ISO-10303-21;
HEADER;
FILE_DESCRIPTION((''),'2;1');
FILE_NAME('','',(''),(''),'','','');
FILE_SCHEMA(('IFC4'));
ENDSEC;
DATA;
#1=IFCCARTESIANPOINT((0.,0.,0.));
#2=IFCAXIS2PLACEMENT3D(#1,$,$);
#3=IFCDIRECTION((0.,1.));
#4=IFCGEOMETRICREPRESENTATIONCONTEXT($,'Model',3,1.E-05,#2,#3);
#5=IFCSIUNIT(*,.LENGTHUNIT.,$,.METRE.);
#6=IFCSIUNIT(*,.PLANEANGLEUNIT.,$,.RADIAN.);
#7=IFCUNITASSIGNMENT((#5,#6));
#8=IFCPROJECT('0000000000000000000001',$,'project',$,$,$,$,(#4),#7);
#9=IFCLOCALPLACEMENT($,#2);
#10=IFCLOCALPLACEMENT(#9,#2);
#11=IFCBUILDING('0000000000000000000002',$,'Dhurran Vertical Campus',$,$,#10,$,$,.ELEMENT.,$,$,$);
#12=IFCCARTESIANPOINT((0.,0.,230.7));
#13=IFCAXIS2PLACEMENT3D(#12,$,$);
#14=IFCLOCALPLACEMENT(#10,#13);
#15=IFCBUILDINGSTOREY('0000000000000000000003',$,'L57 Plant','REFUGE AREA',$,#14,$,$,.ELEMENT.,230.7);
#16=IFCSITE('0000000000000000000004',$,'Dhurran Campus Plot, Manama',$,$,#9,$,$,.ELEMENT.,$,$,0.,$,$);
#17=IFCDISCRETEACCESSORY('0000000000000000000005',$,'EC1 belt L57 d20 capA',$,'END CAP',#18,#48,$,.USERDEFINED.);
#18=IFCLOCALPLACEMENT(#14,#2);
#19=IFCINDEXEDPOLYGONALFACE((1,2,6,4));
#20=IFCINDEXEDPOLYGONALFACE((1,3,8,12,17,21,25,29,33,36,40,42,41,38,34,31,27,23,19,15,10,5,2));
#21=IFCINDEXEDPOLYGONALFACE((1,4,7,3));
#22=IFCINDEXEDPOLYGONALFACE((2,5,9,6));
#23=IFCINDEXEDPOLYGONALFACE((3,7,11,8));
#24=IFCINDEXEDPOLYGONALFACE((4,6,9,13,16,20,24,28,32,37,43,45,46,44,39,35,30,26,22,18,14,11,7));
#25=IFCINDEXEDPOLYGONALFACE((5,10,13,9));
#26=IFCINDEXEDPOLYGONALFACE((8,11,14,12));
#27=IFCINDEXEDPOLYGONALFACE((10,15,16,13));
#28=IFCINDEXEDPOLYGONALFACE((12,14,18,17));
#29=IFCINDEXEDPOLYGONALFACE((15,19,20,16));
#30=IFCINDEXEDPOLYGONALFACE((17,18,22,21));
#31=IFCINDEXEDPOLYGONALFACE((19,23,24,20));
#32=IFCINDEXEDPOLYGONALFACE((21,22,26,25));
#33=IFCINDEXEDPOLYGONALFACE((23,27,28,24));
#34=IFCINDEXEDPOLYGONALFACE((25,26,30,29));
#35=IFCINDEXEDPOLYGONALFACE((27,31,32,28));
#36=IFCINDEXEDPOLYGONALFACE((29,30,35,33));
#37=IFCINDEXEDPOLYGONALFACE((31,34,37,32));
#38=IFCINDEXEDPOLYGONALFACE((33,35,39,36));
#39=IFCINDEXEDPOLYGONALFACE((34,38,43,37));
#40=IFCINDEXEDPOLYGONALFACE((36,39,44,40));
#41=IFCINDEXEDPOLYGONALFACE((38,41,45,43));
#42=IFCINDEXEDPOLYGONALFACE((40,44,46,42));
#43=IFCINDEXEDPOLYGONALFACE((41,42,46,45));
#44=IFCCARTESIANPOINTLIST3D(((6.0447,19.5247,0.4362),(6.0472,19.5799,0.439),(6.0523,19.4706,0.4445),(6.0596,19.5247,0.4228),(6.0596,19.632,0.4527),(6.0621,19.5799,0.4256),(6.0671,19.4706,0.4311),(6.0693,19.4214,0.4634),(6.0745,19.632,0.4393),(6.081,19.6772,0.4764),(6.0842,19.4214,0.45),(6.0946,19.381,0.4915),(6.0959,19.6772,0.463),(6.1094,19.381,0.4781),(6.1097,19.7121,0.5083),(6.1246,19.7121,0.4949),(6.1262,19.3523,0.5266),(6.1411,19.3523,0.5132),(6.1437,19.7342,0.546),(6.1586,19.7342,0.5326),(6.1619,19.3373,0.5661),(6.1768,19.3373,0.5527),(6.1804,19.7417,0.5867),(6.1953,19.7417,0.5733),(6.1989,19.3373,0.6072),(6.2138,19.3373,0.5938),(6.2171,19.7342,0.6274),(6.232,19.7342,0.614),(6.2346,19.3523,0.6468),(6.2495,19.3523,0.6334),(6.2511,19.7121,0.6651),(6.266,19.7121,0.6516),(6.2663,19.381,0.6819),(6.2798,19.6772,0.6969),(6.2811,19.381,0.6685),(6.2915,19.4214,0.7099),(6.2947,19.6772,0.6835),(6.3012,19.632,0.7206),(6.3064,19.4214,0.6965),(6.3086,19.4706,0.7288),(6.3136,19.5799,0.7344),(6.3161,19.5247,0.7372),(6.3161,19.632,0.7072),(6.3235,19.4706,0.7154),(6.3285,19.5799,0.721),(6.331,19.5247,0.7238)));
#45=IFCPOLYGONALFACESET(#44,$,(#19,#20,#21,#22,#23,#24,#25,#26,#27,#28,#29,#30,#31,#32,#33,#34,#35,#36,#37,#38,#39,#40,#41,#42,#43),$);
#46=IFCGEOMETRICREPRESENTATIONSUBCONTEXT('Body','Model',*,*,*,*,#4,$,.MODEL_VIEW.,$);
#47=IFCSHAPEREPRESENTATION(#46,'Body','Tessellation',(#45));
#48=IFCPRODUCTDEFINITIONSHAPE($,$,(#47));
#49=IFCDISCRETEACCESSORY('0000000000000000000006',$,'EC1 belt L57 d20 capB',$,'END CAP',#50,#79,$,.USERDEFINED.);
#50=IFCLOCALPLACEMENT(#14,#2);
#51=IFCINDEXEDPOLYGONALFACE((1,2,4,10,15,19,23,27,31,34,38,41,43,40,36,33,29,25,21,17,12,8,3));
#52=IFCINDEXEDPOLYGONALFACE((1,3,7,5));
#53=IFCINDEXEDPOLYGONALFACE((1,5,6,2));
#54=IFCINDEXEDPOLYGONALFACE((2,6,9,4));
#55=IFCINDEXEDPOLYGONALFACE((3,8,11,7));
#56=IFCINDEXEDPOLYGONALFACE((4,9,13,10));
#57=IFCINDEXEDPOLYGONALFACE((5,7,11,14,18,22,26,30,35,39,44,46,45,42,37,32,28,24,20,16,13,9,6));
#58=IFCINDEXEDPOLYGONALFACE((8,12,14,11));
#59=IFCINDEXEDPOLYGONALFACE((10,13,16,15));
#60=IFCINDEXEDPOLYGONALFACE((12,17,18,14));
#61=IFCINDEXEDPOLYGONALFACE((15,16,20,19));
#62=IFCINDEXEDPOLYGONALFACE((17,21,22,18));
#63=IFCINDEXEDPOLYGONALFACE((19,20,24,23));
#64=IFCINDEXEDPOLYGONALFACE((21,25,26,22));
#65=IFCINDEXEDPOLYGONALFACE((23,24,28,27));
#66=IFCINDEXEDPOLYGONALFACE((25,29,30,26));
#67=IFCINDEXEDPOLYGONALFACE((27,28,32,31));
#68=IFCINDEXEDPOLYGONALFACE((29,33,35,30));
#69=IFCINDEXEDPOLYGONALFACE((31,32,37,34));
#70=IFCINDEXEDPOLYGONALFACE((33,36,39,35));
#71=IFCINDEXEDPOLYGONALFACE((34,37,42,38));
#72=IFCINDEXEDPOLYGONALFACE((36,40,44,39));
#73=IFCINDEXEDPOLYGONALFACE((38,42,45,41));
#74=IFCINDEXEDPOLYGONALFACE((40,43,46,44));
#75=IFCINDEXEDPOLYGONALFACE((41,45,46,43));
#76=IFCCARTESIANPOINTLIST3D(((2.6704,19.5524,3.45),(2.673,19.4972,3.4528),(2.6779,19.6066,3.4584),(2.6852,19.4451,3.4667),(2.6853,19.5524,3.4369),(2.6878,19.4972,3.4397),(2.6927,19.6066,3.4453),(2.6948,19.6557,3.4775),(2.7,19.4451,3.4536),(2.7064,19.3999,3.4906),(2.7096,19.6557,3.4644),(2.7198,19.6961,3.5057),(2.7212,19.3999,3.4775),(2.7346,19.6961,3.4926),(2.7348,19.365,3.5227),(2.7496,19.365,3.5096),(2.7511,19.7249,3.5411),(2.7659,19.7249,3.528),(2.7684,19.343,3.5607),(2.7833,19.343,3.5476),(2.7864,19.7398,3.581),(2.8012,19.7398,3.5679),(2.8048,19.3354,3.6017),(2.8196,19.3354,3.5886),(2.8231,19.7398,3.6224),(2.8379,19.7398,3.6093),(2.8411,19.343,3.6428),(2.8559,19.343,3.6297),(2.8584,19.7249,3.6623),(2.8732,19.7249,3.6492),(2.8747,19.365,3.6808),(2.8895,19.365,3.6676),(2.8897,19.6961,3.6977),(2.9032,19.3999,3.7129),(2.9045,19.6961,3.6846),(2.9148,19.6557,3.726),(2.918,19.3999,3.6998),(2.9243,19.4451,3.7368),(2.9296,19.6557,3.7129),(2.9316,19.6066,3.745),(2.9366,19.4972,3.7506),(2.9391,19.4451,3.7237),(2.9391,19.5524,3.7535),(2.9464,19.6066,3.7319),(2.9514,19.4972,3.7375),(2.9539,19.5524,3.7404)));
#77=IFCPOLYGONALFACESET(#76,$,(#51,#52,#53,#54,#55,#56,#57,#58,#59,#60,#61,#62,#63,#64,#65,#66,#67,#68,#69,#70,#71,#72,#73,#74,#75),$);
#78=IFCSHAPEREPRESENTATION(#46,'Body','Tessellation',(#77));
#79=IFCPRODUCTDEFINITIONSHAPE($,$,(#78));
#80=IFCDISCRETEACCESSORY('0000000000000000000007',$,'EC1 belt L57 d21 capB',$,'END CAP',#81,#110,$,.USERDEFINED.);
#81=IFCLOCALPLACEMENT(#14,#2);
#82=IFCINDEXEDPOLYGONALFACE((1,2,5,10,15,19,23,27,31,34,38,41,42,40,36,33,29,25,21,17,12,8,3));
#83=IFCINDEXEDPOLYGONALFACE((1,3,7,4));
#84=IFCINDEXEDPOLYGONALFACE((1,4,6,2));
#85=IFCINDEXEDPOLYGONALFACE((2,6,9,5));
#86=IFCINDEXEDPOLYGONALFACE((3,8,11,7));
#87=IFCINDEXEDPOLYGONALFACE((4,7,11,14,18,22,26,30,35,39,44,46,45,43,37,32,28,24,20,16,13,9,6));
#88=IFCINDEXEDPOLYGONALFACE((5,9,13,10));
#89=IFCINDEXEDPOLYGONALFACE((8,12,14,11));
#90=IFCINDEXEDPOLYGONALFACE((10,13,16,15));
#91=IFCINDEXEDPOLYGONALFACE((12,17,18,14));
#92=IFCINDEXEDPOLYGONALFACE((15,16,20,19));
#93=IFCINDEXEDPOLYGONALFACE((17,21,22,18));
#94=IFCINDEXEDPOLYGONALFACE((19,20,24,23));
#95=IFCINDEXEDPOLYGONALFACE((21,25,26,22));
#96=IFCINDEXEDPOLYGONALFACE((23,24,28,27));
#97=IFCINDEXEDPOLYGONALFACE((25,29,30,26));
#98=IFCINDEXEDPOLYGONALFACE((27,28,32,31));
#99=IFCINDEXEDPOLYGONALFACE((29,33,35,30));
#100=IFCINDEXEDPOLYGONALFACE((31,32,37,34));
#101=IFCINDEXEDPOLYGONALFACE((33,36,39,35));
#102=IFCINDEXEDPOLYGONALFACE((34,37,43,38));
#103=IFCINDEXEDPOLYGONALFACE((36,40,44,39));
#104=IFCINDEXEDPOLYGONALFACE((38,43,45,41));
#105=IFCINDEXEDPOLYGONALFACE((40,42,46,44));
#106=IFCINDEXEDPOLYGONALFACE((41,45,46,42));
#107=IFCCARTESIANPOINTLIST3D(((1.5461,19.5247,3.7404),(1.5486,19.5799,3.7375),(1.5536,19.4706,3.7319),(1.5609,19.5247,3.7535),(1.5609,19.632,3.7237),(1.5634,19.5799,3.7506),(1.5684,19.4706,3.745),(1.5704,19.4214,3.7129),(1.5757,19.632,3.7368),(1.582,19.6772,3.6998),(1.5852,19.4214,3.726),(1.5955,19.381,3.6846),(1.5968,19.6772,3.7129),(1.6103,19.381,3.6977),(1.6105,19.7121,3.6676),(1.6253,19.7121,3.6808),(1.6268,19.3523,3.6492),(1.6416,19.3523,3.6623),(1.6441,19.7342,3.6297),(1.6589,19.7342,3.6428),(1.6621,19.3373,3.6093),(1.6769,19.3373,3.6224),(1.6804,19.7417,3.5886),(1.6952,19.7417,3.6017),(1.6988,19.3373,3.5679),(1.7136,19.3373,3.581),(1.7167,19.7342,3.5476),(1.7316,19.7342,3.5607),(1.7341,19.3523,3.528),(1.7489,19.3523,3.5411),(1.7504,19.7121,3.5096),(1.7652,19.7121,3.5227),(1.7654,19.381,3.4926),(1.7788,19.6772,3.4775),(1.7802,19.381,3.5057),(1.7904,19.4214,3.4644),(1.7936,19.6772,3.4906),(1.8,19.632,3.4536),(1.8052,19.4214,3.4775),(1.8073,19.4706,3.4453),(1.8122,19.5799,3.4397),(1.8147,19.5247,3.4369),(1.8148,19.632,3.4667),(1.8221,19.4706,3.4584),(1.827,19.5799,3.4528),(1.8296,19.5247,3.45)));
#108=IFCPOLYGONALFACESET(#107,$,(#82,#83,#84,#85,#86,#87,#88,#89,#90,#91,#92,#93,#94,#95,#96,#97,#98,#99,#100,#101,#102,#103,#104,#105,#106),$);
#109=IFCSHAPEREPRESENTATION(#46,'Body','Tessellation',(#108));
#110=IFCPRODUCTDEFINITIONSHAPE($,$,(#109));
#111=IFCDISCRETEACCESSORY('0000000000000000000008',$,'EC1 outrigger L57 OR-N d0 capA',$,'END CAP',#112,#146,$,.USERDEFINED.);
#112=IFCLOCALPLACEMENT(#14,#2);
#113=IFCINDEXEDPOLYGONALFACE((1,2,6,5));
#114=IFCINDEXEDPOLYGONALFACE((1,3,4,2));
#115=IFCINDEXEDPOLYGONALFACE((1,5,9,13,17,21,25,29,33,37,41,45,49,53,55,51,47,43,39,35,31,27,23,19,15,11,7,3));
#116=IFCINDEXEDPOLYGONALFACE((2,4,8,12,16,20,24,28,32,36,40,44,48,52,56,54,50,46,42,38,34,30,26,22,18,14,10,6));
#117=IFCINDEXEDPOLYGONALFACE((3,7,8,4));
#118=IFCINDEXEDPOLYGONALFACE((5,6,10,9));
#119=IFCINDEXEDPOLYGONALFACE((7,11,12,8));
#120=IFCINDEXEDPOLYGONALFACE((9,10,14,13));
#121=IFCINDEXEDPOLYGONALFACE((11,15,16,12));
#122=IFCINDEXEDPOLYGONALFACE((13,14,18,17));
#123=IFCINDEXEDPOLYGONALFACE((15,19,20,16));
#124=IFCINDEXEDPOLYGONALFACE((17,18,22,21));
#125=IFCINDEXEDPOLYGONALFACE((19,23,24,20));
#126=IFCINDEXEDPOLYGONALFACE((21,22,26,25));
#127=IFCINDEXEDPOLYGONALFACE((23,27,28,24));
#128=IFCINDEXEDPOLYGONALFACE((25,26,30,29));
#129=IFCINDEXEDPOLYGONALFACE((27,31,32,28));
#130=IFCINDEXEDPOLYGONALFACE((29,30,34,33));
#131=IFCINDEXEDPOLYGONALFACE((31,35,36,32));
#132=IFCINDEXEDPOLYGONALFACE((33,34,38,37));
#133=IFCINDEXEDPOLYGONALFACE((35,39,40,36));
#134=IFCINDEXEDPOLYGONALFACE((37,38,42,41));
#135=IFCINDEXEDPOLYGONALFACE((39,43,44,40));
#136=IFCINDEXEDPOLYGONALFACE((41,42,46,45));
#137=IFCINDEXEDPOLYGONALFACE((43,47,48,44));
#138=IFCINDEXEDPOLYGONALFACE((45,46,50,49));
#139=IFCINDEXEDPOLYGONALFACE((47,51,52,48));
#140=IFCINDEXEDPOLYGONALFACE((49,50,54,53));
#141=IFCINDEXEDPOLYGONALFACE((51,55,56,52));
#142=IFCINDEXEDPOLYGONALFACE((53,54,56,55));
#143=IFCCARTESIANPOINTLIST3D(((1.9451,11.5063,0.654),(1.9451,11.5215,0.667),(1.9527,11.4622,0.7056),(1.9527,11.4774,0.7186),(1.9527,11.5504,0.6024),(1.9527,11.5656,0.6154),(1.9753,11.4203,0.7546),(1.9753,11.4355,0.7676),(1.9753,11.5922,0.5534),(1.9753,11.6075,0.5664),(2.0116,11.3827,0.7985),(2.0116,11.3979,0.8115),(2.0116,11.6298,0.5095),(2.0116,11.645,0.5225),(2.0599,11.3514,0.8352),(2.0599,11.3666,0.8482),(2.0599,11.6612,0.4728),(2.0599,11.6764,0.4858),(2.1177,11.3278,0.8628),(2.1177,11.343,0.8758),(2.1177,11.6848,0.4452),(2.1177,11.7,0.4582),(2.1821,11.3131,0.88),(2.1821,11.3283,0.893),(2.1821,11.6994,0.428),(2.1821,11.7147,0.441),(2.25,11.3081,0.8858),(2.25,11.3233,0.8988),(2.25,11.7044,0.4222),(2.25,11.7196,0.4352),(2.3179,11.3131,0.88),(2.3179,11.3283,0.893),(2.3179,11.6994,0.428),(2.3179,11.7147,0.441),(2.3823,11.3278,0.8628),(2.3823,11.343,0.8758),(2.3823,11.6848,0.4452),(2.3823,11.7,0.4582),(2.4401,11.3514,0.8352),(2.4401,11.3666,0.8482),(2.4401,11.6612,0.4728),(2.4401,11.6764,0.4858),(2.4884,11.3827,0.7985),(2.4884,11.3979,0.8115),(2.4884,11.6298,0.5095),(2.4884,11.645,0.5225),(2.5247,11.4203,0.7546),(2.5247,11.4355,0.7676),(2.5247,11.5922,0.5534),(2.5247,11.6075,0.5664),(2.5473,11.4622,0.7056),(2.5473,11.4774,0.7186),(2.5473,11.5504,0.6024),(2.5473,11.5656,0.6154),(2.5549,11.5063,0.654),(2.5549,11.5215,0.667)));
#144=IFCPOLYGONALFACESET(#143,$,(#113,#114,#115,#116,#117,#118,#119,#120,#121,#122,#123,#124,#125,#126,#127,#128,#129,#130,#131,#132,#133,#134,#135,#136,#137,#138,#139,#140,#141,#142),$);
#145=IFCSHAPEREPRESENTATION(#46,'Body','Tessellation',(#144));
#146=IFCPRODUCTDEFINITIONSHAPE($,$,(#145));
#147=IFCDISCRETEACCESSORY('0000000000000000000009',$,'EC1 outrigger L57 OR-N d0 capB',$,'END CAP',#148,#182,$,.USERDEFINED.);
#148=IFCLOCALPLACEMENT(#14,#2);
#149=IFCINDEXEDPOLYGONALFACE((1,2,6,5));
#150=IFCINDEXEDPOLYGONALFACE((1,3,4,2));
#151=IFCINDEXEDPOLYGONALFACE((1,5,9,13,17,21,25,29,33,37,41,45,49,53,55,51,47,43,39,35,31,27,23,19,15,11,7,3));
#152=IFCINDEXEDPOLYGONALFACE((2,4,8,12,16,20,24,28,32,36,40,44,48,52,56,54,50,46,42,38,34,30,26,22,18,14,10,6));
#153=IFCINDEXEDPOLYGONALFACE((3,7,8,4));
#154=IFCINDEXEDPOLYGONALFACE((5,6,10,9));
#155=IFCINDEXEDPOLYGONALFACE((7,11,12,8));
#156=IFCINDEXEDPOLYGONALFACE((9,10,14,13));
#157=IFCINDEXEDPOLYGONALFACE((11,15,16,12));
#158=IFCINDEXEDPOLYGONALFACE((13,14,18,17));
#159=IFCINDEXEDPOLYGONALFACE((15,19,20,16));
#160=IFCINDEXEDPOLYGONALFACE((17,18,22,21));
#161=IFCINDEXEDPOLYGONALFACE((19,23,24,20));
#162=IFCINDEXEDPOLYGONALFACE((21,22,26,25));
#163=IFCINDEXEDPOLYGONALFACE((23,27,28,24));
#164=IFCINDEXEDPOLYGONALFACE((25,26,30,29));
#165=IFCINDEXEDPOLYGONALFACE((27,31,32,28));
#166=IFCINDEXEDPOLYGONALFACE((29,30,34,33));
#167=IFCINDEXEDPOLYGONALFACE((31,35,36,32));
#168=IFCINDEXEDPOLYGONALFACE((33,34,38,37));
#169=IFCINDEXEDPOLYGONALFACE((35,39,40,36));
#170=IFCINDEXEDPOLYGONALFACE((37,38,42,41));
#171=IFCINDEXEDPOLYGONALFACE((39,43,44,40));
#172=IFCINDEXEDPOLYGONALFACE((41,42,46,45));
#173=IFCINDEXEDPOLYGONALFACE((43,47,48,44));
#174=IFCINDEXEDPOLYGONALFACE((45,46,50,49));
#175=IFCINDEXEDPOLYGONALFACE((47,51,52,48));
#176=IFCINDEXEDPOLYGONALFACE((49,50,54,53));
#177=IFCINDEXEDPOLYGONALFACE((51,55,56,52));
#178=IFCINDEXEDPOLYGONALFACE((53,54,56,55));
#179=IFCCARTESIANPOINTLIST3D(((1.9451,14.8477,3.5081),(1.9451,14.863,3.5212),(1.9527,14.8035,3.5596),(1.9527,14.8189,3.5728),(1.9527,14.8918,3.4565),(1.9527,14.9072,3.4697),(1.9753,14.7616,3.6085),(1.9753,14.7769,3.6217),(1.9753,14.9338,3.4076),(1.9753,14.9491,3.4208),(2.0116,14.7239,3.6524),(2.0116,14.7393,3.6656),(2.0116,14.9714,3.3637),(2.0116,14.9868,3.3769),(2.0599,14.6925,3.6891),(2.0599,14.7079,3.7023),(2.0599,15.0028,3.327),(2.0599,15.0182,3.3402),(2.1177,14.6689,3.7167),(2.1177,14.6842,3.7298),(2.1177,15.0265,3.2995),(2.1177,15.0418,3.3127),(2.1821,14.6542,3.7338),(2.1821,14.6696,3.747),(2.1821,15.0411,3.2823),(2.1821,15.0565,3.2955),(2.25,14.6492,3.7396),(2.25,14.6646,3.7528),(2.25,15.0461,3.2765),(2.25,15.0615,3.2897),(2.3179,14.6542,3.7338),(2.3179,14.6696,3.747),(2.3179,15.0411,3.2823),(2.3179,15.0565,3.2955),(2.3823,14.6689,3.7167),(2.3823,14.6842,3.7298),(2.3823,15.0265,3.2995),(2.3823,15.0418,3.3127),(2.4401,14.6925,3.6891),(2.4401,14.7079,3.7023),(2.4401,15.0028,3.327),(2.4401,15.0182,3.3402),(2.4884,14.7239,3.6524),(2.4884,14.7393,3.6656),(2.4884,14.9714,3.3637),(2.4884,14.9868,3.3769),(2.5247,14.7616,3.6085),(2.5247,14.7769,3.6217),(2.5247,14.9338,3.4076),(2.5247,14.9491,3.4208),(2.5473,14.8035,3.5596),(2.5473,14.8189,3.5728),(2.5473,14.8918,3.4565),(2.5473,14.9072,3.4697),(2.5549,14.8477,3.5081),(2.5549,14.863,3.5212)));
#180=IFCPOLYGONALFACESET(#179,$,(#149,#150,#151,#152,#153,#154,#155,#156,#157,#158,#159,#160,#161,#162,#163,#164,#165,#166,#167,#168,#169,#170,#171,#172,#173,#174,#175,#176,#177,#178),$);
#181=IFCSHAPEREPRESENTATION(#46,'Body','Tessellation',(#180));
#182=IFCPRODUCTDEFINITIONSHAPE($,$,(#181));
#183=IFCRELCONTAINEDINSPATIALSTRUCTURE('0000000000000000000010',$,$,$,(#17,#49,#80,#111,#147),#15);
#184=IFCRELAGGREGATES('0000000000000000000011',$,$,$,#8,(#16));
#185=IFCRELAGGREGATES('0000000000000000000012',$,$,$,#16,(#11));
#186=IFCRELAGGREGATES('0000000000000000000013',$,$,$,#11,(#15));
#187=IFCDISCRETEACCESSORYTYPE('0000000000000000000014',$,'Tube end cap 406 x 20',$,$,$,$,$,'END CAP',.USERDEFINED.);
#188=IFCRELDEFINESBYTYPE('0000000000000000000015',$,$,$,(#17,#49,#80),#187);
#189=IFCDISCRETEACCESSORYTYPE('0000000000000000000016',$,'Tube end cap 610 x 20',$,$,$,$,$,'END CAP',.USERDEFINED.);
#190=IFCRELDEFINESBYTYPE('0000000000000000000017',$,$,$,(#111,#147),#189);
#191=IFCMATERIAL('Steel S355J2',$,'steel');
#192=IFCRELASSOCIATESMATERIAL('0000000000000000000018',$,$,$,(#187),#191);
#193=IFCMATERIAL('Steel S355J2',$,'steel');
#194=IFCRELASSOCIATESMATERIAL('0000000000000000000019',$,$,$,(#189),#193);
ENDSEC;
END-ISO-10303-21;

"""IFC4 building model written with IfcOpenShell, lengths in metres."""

from ifc_helpers import new_model, si_unit, direction, frame, origin, origin_2d, place, context, subcontext, project, spatial, circle, extrude, material, material_profile, profile_set, type_object, element, save


model = new_model("IFC4")

# Units and contexts
model_context = context("Model", 3, precision=1e-05, world=origin(), true_north=direction((0.0, 1.0)))
body_context = subcontext(model_context, "Body", "Model", "MODEL_VIEW")
ifc_project = project(units=[si_unit("LENGTHUNIT", "METRE"), si_unit("PLANEANGLEUNIT", "RADIAN")], contexts=[model_context])

# Site, building, storey
site_placement = place(None, origin())
site = spatial("IfcSite", under=ifc_project, at=site_placement, Name="Dhurran Campus Plot, Manama", CompositionType="ELEMENT", RefElevation=0.0)
building_placement = place(site_placement, origin())
building = spatial("IfcBuilding", under=site, at=building_placement, Name="Dhurran Vertical Campus", CompositionType="ELEMENT")
storey_placement = place(building_placement, frame((0.0, 0.0, 230.7)))
storey = spatial("IfcBuildingStorey", under=building, at=storey_placement, Name="L57 Plant", Description="REFUGE AREA", CompositionType="ELEMENT", Elevation=230.7)

# Discrete accessories
ifc_material_1 = material(Name="Steel S355J2", Category="steel")
ifc_material_profile_1 = material_profile(ifc_material_1, circle(Radius=0.2031, at=origin_2d()), Name="Tube end cap 406 x 20")
ifc_profile_set_1 = profile_set([ifc_material_profile_1], Name="Steel S355J2")
discrete_accessory_type_1 = type_object("IfcDiscreteAccessoryType", Name="Tube end cap 406 x 20", ElementType="END CAP", PredefinedType="USERDEFINED", material=ifc_profile_set_1)
for number, where, z_axis, x_axis, name in (
    (1, (6.1804, 19.5386, 0.5867), (0.742688, 0.0, -0.669637), (0.0, 1.0, 0.0), "EC1 belt L57 d20 capA"),
):
    element("IfcDiscreteAccessory", number, at=place(storey_placement, frame(where, z_axis=z_axis, x_axis=x_axis)), inside=storey, type_object=discrete_accessory_type_1, Name=name, ObjectType="END CAP", PredefinedType="USERDEFINED", context=body_context, shape_type="SweptSolid", body=[
        extrude(circle(Radius=0.2031, at=origin_2d()), origin(), (0.0, 0.0, 1.0), 0.02),
    ])
for number, where, z_axis, x_axis, name in (
    (2, (2.8196, 19.5386, 3.5886), (-0.748762, 0.0, 0.662839), (0.0, -1.0, 0.0), "EC1 belt L57 d20 capB"),
    (3, (1.6804, 19.5386, 3.5886), (0.748762, 0.0, 0.662839), (0.0, 1.0, 0.0), "EC1 belt L57 d21 capB"),
):
    element("IfcDiscreteAccessory", number, at=place(storey_placement, frame(where, z_axis=z_axis, x_axis=x_axis)), inside=storey, type_object=discrete_accessory_type_1, Name=name, ObjectType="END CAP", PredefinedType="USERDEFINED", context=body_context, shape_type="SweptSolid", body=[
        extrude(circle(Radius=0.2031, at=origin_2d()), origin(), (0.0, 0.0, 1.0), 0.0198),
    ])
ifc_material_2 = material(Name="Steel S355J2", Category="steel")
ifc_material_profile_2 = material_profile(ifc_material_2, circle(Radius=0.3049, at=origin_2d()), Name="Tube end cap 610 x 20")
ifc_profile_set_2 = profile_set([ifc_material_profile_2], Name="Steel S355J2")
discrete_accessory_type_2 = type_object("IfcDiscreteAccessoryType", Name="Tube end cap 610 x 20", ElementType="END CAP", PredefinedType="USERDEFINED", material=ifc_profile_set_2)
discrete_accessory_1_placement = place(storey_placement, frame((2.25, 11.5215, 0.667), z_axis=(0.0, -0.760121, -0.649781), x_axis=(1.0, 0.0, 0.0)))
element("IfcDiscreteAccessory", 4, at=discrete_accessory_1_placement, inside=storey, type_object=discrete_accessory_type_2, Name="EC1 outrigger L57 OR-N d0 capA", ObjectType="END CAP", PredefinedType="USERDEFINED", context=body_context, shape_type="SweptSolid", body=[
    extrude(circle(Radius=0.3049, at=origin_2d()), origin(), (0.0, 0.0, 1.0), 0.02),
])
discrete_accessory_2_placement = place(storey_placement, frame((2.25, 14.8477, 3.5081), z_axis=(0.0, 0.759257, 0.650791), x_axis=(-1.0, 0.0, 0.0)))
element("IfcDiscreteAccessory", 5, at=discrete_accessory_2_placement, inside=storey, type_object=discrete_accessory_type_2, Name="EC1 outrigger L57 OR-N d0 capB", ObjectType="END CAP", PredefinedType="USERDEFINED", context=body_context, shape_type="SweptSolid", body=[
    extrude(circle(Radius=0.3049, at=origin_2d()), origin(), (0.0, 0.0, 1.0), 0.0203),
])

save(model, "model.ifc")
